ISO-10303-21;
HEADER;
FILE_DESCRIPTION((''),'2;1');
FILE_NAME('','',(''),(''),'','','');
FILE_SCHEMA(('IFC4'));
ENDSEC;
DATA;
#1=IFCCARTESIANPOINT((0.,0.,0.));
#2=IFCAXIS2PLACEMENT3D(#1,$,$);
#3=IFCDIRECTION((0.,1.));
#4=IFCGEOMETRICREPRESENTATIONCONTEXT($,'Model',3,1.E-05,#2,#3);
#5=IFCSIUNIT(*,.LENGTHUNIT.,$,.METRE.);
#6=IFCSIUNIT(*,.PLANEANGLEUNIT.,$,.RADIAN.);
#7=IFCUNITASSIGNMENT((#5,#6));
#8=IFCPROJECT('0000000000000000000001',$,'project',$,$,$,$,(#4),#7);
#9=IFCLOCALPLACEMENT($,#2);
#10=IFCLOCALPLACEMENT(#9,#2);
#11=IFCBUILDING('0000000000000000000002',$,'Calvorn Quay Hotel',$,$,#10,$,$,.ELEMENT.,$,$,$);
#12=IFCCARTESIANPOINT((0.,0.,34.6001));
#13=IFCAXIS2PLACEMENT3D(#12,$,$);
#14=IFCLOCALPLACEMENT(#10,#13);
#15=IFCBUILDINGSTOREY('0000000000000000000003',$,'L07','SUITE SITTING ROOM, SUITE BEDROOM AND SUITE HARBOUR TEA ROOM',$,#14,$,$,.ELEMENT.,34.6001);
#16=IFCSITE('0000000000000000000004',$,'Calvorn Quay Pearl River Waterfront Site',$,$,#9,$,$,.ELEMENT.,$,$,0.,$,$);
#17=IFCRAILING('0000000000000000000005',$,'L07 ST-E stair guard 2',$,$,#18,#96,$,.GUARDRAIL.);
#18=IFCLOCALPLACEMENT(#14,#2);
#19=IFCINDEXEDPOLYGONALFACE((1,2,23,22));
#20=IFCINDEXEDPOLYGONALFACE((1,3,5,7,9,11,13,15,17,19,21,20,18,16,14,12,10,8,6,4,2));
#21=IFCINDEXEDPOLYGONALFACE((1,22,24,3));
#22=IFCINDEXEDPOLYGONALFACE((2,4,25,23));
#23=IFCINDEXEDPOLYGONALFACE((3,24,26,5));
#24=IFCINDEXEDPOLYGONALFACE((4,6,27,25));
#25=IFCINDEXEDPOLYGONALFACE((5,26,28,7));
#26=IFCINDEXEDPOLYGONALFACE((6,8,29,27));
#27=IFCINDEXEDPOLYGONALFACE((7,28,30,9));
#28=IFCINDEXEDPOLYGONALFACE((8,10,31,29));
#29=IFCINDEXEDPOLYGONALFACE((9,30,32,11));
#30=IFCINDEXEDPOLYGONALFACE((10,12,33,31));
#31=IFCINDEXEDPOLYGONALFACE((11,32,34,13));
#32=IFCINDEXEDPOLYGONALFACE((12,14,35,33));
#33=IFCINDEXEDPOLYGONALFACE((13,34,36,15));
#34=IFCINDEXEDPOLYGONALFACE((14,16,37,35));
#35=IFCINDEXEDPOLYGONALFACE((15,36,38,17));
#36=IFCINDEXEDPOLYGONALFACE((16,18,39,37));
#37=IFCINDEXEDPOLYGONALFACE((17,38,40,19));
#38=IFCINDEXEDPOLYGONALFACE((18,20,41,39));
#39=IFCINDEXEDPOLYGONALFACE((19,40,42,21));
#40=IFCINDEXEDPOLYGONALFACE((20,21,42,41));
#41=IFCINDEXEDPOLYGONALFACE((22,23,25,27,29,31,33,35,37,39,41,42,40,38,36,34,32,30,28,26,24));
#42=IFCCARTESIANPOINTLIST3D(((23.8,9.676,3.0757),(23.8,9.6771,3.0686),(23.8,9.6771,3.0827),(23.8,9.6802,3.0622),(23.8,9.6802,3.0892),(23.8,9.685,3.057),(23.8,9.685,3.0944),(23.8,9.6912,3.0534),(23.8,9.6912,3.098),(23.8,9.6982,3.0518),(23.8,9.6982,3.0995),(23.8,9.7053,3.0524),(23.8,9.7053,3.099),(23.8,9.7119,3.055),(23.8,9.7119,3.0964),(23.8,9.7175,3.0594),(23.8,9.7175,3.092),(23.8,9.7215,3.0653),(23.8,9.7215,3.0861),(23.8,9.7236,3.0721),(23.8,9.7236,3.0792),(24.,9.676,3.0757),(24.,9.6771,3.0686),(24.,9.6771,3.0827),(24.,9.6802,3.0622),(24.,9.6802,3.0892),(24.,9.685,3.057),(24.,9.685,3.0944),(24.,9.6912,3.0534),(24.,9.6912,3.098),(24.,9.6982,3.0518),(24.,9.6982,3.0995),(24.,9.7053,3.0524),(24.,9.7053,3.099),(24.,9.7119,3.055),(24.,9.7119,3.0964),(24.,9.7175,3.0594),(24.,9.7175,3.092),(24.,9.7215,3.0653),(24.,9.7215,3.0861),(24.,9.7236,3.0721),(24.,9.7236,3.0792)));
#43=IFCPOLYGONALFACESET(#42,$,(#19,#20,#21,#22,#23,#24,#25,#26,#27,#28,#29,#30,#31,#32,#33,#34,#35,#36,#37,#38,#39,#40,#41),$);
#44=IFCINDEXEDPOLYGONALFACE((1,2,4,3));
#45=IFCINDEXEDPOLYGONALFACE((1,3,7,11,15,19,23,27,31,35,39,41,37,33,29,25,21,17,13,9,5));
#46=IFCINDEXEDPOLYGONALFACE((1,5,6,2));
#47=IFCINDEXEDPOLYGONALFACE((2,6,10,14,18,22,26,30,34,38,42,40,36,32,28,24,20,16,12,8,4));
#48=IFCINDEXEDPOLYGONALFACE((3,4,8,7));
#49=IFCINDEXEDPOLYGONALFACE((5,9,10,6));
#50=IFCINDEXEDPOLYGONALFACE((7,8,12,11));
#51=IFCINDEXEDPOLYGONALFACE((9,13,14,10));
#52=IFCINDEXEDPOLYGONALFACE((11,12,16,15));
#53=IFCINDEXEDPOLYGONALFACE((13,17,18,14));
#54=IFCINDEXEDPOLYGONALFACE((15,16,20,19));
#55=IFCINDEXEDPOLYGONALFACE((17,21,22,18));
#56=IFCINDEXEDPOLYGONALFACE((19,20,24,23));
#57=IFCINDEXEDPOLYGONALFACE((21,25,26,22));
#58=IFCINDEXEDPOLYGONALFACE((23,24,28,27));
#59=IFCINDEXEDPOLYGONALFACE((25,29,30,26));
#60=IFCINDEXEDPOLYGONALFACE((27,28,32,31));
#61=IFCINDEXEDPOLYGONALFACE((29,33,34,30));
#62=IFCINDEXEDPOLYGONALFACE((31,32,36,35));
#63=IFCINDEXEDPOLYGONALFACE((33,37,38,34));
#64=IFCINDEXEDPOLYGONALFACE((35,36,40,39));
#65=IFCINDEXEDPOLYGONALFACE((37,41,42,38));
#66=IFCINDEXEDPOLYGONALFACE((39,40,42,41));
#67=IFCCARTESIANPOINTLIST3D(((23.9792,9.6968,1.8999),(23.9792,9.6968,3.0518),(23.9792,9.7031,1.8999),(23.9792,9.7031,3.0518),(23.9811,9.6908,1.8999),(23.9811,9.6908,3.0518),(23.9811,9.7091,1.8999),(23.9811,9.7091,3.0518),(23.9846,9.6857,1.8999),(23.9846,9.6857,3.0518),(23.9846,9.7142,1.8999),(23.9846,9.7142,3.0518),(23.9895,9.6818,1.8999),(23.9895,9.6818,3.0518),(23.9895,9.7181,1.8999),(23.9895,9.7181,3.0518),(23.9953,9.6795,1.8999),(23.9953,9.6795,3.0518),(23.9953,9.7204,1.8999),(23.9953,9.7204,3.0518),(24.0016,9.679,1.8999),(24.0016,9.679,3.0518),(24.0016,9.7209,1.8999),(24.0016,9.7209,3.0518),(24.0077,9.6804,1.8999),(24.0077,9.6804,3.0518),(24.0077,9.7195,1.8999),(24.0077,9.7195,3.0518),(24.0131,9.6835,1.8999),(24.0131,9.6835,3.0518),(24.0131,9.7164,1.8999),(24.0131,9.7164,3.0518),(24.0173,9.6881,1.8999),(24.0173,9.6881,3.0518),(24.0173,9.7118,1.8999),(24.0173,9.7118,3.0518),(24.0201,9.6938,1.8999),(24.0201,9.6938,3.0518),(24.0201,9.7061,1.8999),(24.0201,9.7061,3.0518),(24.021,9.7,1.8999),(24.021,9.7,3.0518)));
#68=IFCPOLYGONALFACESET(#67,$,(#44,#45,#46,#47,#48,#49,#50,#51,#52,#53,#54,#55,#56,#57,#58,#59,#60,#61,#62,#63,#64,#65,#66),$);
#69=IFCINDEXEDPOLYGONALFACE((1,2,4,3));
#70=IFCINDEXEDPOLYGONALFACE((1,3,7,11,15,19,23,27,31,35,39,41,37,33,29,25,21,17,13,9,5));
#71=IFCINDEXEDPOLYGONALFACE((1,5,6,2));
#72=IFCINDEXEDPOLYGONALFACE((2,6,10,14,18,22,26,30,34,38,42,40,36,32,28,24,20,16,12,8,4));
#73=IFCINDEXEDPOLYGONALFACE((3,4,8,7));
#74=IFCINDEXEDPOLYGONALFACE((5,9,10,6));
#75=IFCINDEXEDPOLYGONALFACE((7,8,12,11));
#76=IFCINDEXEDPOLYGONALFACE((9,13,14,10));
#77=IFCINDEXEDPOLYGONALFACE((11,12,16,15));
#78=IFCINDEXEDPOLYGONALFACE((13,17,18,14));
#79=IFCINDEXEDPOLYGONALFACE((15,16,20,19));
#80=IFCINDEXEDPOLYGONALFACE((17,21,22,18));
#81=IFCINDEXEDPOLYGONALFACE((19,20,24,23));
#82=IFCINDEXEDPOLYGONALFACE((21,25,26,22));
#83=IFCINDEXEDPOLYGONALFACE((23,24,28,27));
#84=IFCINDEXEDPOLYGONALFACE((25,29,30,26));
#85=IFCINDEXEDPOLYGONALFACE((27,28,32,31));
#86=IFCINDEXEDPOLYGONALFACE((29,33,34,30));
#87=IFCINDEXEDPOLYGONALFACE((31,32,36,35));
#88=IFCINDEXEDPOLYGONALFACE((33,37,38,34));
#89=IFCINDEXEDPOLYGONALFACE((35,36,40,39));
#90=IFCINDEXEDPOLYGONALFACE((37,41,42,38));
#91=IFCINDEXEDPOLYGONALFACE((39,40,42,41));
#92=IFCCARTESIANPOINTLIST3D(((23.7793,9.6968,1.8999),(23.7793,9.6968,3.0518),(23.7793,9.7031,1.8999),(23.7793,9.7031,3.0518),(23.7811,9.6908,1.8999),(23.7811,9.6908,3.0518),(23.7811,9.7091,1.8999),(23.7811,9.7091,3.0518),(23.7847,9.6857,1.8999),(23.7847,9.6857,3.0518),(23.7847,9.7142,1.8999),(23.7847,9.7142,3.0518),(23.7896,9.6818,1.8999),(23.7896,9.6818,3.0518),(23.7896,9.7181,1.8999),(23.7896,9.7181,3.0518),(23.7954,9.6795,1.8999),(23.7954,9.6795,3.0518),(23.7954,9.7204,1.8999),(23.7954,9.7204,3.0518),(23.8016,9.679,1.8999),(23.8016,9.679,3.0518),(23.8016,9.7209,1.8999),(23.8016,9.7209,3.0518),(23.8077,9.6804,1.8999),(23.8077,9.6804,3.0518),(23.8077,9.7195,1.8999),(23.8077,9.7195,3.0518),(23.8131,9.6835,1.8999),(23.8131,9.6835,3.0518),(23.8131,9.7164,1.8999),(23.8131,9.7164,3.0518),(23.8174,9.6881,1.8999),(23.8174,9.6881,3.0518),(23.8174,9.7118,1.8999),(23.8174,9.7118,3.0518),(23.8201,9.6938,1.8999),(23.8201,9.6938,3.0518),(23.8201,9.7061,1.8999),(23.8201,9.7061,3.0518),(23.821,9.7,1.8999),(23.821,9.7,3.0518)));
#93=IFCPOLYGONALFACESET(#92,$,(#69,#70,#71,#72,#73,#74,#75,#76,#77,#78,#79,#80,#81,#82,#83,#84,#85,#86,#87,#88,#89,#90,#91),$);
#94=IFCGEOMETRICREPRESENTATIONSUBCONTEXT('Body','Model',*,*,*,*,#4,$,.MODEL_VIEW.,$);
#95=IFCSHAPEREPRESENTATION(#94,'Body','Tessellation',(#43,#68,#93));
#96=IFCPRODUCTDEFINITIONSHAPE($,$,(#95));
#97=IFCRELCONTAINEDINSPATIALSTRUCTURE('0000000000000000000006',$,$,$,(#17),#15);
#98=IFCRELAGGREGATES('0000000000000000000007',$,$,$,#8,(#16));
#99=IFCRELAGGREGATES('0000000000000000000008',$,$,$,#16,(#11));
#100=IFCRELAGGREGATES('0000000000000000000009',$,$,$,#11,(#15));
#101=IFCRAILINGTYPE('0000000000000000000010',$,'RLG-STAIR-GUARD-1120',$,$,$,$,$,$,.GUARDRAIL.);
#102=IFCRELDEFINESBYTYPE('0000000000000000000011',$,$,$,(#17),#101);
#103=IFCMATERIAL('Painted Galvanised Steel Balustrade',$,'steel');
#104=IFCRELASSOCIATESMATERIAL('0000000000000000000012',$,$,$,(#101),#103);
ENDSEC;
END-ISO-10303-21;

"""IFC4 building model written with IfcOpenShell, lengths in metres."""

from ifc_helpers import new_model, si_unit, direction, frame, origin, origin_2d, place, context, subcontext, project, spatial, circle, extrude, material, type_object, element, save


model = new_model("IFC4")

# Units and contexts
model_context = context("Model", 3, precision=1e-05, world=origin(), true_north=direction((0.0, 1.0)))
body_context = subcontext(model_context, "Body", "Model", "MODEL_VIEW")
ifc_project = project(units=[si_unit("LENGTHUNIT", "METRE"), si_unit("PLANEANGLEUNIT", "RADIAN")], contexts=[model_context])

# Site, building, storey
site_placement = place(None, origin())
site = spatial("IfcSite", under=ifc_project, at=site_placement, Name="Calvorn Quay Pearl River Waterfront Site", CompositionType="ELEMENT", RefElevation=0.0)
building_placement = place(site_placement, origin())
building = spatial("IfcBuilding", under=site, at=building_placement, Name="Calvorn Quay Hotel", CompositionType="ELEMENT")
storey_placement = place(building_placement, frame((0.0, 0.0, 34.6001)))
storey = spatial("IfcBuildingStorey", under=building, at=storey_placement, Name="L07", Description="SUITE SITTING ROOM, SUITE BEDROOM AND SUITE HARBOUR TEA ROOM", CompositionType="ELEMENT", Elevation=34.6001)

# Railing
ifc_material_1 = material(Name="Painted Galvanised Steel Balustrade", Category="steel")
railing_type_1 = type_object("IfcRailingType", Name="RLG-STAIR-GUARD-1120", PredefinedType="GUARDRAIL", material=ifc_material_1)
railing_1_placement = place(storey_placement, frame((24.0, 9.7, 1.8999)))
element("IfcRailing", 1, at=railing_1_placement, inside=storey, type_object=railing_type_1, Name="L07 ST-E stair guard 2", PredefinedType="GUARDRAIL", context=body_context, shape_type="SweptSolid", body=[
    extrude(circle(Radius=0.0239, at=origin_2d()), frame((0.0, 0.0, 1.1758), z_axis=(-1.0, 0.0, 0.0), x_axis=(0.0, -1.0, 0.0)), (0.0, 0.0, 1.0), 0.2),
    extrude(circle(Radius=0.021, at=origin_2d()), origin(), (0.0, 0.0, 1.0), 1.1519),
    extrude(circle(Radius=0.021, at=origin_2d()), frame((-0.2, 0.0, 0.0)), (0.0, 0.0, 1.0), 1.1519),
])

save(model, "model.ifc")
